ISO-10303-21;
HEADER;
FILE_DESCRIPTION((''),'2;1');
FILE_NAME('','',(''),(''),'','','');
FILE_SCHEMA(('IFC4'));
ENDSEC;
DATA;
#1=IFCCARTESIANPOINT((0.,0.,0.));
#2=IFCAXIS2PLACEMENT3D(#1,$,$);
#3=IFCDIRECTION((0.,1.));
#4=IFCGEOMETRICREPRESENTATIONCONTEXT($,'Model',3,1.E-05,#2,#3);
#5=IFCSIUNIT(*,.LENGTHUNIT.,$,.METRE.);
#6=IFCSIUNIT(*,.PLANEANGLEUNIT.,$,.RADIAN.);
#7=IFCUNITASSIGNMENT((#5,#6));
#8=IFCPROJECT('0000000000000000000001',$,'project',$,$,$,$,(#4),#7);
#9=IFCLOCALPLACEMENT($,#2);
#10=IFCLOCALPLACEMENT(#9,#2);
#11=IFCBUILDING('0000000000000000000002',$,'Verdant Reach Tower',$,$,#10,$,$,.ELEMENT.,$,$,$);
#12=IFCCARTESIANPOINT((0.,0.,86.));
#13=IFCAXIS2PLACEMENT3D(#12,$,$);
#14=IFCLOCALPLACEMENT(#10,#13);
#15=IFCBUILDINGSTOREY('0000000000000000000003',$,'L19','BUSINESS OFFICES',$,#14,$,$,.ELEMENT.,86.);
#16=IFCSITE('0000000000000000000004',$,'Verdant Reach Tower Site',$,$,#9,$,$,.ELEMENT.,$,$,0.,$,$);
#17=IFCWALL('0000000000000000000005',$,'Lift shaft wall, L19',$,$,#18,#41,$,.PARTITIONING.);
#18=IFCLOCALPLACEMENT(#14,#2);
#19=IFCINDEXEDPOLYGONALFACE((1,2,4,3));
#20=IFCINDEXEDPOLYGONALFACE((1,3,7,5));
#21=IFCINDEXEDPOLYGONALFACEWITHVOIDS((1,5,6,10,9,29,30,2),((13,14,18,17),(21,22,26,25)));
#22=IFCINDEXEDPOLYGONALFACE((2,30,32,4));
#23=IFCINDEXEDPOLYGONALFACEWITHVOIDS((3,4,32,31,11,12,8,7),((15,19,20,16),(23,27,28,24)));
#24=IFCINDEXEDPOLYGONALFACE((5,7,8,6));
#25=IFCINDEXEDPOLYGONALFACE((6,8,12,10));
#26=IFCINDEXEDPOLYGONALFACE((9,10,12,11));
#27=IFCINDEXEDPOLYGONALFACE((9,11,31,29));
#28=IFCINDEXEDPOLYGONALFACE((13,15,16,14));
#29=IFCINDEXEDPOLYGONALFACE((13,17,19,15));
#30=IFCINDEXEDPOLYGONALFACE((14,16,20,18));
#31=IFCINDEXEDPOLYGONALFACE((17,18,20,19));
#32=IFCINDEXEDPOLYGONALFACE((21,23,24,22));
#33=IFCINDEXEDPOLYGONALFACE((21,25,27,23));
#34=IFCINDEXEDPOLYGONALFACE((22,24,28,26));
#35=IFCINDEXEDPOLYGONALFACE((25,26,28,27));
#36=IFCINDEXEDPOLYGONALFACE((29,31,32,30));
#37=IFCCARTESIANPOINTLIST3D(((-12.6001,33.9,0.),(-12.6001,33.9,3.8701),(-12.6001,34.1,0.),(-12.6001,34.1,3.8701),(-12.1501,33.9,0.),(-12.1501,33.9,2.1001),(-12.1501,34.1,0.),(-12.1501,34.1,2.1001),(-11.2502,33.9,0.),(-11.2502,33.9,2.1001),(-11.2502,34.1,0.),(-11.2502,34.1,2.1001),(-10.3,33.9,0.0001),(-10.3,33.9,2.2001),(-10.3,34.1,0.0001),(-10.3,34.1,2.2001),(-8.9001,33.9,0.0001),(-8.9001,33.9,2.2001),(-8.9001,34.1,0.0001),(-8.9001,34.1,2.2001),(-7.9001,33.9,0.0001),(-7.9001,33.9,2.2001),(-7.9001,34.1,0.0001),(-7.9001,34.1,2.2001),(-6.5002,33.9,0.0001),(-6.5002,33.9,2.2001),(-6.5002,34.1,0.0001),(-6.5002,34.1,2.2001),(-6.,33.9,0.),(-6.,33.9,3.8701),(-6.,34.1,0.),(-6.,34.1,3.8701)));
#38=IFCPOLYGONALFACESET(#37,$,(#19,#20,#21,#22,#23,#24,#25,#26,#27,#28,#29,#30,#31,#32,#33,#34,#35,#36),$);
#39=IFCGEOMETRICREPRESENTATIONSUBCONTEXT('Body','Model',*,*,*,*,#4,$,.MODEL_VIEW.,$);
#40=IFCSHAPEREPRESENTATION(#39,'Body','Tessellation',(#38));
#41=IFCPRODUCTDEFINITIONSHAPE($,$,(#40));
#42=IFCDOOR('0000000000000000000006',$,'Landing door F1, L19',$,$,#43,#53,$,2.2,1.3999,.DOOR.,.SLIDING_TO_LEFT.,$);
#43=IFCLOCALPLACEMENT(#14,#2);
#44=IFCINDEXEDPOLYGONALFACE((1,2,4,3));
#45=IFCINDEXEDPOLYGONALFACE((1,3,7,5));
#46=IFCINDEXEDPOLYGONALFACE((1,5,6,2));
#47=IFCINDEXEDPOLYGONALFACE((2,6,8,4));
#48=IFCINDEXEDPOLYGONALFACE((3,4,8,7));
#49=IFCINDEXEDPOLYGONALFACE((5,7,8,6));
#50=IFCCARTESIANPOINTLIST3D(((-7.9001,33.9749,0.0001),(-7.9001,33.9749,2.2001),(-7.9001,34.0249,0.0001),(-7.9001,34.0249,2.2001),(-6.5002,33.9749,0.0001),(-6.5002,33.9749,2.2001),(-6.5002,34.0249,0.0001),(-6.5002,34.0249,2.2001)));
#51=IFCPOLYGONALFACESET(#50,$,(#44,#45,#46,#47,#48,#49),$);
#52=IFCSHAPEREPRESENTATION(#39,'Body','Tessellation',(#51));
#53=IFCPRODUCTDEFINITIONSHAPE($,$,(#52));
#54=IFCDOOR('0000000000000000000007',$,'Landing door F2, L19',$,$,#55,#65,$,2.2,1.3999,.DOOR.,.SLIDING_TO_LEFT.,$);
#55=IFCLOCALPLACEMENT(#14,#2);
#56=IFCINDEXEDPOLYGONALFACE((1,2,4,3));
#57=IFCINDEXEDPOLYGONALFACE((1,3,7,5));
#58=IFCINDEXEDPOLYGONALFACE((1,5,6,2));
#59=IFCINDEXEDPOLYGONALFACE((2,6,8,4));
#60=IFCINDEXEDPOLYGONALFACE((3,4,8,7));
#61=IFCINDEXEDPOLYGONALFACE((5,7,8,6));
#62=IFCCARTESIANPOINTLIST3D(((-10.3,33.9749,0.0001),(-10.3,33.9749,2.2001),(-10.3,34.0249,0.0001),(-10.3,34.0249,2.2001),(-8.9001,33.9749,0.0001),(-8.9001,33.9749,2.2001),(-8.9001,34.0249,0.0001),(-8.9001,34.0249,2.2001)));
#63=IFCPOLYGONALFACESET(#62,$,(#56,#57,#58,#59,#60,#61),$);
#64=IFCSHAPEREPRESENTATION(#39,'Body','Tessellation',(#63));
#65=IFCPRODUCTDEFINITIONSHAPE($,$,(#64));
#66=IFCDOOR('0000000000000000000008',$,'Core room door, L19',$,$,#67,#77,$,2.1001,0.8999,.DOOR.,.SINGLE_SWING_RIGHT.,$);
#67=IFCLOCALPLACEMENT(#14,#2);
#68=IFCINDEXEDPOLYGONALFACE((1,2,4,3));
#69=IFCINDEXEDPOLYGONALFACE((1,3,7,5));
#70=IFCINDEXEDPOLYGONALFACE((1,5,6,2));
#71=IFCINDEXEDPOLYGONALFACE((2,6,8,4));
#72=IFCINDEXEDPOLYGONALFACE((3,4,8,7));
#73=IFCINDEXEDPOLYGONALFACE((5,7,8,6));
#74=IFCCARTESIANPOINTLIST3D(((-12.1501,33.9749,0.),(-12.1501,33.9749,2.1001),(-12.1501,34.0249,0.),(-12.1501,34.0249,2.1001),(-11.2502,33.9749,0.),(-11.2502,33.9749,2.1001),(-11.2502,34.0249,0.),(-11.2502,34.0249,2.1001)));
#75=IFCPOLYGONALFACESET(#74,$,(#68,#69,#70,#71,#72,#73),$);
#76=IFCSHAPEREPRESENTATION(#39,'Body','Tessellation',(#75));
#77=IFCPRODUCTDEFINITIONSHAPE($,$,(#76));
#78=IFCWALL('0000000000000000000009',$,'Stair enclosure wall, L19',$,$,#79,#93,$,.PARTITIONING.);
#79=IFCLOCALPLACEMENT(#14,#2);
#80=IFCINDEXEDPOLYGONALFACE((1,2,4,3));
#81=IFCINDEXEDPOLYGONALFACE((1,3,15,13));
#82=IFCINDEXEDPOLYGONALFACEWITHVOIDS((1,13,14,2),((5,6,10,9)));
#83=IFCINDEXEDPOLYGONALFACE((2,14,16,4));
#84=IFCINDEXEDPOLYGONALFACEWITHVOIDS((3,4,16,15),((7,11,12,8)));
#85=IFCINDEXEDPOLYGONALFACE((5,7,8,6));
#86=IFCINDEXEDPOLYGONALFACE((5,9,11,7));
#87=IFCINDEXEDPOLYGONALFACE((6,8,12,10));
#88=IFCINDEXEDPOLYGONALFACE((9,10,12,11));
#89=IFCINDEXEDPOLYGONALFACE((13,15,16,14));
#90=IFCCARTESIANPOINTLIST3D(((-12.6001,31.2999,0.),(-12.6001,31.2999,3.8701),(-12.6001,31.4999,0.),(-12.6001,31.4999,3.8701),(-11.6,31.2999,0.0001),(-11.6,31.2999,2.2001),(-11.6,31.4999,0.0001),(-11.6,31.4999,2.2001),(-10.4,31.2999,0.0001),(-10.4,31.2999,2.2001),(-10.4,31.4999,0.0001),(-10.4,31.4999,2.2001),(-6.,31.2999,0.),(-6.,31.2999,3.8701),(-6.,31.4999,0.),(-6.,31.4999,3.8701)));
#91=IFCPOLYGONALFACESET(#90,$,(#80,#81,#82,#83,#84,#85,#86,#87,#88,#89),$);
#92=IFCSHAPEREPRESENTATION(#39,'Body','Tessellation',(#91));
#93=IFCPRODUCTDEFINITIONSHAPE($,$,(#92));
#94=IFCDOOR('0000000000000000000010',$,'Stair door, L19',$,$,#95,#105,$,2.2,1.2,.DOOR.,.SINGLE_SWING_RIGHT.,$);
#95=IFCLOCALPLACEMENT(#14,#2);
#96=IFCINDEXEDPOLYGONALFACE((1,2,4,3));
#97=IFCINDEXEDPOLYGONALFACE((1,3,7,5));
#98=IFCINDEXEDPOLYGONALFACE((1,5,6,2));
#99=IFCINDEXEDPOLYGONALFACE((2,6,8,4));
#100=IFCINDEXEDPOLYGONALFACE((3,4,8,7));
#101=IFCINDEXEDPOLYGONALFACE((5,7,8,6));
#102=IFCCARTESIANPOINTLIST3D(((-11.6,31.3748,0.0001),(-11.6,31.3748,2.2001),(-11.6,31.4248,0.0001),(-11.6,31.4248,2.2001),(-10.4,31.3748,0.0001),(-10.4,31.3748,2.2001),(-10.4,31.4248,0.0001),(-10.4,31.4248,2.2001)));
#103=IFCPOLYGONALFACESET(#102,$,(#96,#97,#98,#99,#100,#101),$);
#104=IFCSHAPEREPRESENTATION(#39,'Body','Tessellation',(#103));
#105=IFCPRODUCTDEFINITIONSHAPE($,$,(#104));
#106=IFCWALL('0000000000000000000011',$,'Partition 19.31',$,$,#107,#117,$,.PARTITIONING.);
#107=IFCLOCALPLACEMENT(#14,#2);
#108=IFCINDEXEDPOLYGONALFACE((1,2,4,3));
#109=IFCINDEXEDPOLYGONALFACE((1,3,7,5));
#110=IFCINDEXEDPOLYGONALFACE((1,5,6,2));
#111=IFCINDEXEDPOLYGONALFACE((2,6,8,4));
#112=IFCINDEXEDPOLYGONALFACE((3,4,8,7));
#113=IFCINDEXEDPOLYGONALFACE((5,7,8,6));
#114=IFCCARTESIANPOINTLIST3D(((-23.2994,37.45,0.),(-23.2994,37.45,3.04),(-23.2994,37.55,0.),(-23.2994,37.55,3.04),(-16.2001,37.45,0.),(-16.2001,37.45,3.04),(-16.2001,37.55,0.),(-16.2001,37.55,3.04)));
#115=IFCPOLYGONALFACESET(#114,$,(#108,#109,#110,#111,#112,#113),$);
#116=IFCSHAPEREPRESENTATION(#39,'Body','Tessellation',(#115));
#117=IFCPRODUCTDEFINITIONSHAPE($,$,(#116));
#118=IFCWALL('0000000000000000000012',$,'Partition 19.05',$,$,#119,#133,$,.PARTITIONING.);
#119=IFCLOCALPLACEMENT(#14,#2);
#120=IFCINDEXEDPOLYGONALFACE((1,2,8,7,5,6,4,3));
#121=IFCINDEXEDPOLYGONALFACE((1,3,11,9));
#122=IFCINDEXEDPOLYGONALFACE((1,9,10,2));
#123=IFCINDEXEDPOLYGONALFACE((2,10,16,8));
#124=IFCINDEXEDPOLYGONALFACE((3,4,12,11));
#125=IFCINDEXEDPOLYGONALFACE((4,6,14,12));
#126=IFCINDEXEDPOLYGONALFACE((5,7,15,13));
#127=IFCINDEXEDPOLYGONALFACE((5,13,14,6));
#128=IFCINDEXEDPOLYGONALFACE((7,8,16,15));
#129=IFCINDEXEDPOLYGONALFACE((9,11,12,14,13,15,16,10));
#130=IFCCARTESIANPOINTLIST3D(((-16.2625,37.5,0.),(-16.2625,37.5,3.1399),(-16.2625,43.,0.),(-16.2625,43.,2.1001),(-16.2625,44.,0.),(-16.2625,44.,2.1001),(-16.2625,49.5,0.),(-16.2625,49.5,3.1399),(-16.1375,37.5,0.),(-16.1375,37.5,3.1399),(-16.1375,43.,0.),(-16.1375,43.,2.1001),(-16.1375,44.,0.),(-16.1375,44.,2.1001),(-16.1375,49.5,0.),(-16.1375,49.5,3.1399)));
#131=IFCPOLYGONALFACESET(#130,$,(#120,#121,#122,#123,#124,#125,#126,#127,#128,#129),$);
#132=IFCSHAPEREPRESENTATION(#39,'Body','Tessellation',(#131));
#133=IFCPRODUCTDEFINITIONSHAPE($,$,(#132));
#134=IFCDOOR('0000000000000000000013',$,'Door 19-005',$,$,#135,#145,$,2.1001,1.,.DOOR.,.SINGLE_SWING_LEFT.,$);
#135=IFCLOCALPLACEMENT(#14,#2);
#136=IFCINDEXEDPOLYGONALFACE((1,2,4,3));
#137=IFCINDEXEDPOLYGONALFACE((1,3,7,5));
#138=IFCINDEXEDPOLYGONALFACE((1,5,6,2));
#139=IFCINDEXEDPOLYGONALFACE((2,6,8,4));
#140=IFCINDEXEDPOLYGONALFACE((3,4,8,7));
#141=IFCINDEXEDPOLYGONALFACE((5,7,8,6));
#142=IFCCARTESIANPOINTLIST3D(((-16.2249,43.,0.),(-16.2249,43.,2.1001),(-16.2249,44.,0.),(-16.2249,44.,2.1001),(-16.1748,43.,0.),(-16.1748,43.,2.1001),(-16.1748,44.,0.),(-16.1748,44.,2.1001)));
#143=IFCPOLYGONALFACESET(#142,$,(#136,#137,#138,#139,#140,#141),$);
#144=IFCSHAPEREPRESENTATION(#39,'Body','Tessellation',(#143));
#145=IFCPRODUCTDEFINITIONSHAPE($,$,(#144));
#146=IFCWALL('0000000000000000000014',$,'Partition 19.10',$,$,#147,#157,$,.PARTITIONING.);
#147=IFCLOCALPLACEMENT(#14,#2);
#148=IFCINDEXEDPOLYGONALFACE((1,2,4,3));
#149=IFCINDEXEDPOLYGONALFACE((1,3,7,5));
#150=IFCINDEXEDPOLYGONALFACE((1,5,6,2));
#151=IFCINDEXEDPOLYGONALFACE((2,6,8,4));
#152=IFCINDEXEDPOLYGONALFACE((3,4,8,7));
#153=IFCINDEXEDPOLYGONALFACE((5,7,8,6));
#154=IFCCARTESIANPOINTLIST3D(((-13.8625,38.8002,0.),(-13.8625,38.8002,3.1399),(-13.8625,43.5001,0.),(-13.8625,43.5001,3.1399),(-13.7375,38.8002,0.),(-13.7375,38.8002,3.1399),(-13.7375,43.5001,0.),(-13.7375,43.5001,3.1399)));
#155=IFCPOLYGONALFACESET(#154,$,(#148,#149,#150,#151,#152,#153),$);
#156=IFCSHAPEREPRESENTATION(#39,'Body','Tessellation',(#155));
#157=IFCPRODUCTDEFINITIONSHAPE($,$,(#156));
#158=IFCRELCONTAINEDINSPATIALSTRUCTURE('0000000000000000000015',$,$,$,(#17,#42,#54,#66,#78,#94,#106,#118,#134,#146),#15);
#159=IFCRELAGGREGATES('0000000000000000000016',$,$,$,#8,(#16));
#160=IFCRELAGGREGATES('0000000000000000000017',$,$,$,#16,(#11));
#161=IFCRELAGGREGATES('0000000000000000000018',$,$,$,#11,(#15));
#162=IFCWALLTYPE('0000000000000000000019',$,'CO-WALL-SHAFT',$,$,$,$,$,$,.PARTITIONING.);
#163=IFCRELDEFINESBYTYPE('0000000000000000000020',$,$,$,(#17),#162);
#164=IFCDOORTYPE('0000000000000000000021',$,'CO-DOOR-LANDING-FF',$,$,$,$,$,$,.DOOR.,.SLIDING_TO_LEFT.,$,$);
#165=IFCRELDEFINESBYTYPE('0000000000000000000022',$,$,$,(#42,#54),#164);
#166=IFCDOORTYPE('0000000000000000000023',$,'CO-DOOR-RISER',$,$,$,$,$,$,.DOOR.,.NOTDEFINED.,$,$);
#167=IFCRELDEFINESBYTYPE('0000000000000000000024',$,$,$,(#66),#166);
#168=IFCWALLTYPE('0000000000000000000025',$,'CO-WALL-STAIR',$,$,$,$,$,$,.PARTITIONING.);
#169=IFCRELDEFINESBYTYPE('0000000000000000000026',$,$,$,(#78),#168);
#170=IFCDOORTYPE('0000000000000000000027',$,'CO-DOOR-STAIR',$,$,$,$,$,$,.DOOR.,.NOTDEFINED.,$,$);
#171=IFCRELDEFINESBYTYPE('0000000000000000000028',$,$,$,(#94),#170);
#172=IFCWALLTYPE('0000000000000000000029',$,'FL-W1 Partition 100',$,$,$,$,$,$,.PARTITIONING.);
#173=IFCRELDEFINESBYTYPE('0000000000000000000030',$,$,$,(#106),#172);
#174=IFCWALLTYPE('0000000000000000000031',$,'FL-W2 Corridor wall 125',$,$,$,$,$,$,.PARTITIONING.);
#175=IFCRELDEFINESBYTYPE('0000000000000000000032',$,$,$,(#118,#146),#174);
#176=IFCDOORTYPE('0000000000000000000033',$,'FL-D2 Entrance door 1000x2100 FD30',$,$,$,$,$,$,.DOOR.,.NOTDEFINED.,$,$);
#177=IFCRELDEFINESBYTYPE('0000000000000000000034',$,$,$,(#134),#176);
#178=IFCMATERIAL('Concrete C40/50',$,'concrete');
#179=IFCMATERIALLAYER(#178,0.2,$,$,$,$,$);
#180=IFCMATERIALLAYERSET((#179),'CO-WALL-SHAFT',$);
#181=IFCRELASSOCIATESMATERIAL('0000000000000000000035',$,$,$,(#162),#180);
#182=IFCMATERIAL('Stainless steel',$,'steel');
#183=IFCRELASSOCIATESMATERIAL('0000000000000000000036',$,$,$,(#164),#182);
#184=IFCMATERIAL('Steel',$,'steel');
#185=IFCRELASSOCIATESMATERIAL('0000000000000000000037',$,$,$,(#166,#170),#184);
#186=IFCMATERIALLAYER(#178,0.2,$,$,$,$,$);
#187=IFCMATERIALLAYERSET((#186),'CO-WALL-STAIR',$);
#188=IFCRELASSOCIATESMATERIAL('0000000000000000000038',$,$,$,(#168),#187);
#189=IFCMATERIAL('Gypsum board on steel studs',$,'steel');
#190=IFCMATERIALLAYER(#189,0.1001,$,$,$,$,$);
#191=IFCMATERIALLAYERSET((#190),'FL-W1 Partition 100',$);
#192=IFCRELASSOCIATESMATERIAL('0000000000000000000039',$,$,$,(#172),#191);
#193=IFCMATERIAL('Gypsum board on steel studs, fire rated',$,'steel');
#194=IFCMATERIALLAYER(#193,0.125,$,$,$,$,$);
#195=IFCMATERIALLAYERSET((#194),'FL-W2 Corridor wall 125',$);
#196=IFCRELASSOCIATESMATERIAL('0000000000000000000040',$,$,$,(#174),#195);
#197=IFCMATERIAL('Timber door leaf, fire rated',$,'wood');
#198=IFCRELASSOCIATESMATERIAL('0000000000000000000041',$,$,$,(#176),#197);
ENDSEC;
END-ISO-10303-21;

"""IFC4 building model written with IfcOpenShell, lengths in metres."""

from ifc_helpers import new_model, si_unit, direction, frame, frame_2d, origin, place, context, subcontext, project, spatial, rectangle, extrude, material, layer, layer_set, type_object, element, fill, save


model = new_model("IFC4")

# Units and contexts
model_context = context("Model", 3, precision=1e-05, world=origin(), true_north=direction((0.0, 1.0)))
body_context = subcontext(model_context, "Body", "Model", "MODEL_VIEW")
ifc_project = project(units=[si_unit("LENGTHUNIT", "METRE"), si_unit("PLANEANGLEUNIT", "RADIAN")], contexts=[model_context])

# Site, building, storey
site_placement = place(None, origin())
site = spatial("IfcSite", under=ifc_project, at=site_placement, Name="Verdant Reach Tower Site", CompositionType="ELEMENT", RefElevation=0.0)
building_placement = place(site_placement, origin())
building = spatial("IfcBuilding", under=site, at=building_placement, Name="Verdant Reach Tower", CompositionType="ELEMENT")
storey_placement = place(building_placement, frame((0.0, 0.0, 86.0)))
storey = spatial("IfcBuildingStorey", under=building, at=storey_placement, Name="L19", Description="BUSINESS OFFICES", CompositionType="ELEMENT", Elevation=86.0)

# Wall, openings, doors
ifc_material_1 = material(Name="Concrete C40/50", Category="concrete")
ifc_layer_1 = layer(ifc_material_1, 0.2)
ifc_layer_set_1 = layer_set([ifc_layer_1], Name="CO-WALL-SHAFT")
wall_type_1 = type_object("IfcWallType", Name="CO-WALL-SHAFT", PredefinedType="PARTITIONING", material=ifc_layer_set_1)
wall_1_placement = place(storey_placement, frame((-12.6001, 34.0, 0.0), z_axis=(0.0, 0.0, 1.0), x_axis=(1.0, 0.0, 0.0)))
wall_1 = element("IfcWall", 1, at=wall_1_placement, inside=storey, type_object=wall_type_1, Name="Lift shaft wall, L19", PredefinedType="PARTITIONING", context=body_context, shape_type="SweptSolid", body=[
    extrude(rectangle(XDim=6.6001, YDim=0.2, at=frame_2d((3.3, 0.0))), origin(), (0.0, 0.0, 1.0), 3.8701),
])
opening_1_placement = place(wall_1_placement, frame((4.7, 0.0, 0.0)))
opening_1 = element("IfcOpeningElement", 2, at=opening_1_placement, cuts=wall_1, PredefinedType="OPENING", context=body_context, shape_type="SweptSolid", body=[
    extrude(rectangle(XDim=1.3999, YDim=2.2, at=frame_2d((0.7, 1.1001))), frame((0.0, 0.1099, 0.0), z_axis=(0.0, -1.0, 0.0), x_axis=(1.0, 0.0, 0.0)), (0.0, 0.0, 1.0), 0.22),
])
opening_2_placement = place(wall_1_placement, frame((2.3, 0.0, 0.0)))
opening_2 = element("IfcOpeningElement", 3, at=opening_2_placement, cuts=wall_1, PredefinedType="OPENING", context=body_context, shape_type="SweptSolid", body=[
    extrude(rectangle(XDim=1.3999, YDim=2.2, at=frame_2d((0.7, 1.1001))), frame((0.0, 0.1099, 0.0), z_axis=(0.0, -1.0, 0.0), x_axis=(1.0, 0.0, 0.0)), (0.0, 0.0, 1.0), 0.22),
])
opening_3_placement = place(wall_1_placement, frame((0.45, 0.0, 0.0)))
opening_3 = element("IfcOpeningElement", 4, at=opening_3_placement, cuts=wall_1, PredefinedType="OPENING", context=body_context, shape_type="SweptSolid", body=[
    extrude(rectangle(XDim=0.8999, YDim=2.1001, at=frame_2d((0.45, 1.05))), frame((0.0, 0.1099, 0.0), z_axis=(0.0, -1.0, 0.0), x_axis=(1.0, 0.0, 0.0)), (0.0, 0.0, 1.0), 0.22),
])
ifc_material_2 = material(Name="Stainless steel", Category="steel")
door_type_1 = type_object("IfcDoorType", Name="CO-DOOR-LANDING-FF", OperationType="SLIDING_TO_LEFT", PredefinedType="DOOR", material=ifc_material_2)
door_1_placement = place(opening_1_placement, origin())
door_1 = element("IfcDoor", 5, at=door_1_placement, inside=storey, type_object=door_type_1, Name="Landing door F1, L19", OperationType="SLIDING_TO_LEFT", OverallHeight=2.2, OverallWidth=1.3999, PredefinedType="DOOR", context=body_context, shape_type="SweptSolid", body=[
    extrude(rectangle(XDim=1.3999, YDim=2.2, at=frame_2d((0.7, 1.1001))), frame((0.0, 0.0249, 0.0), z_axis=(0.0, -1.0, 0.0), x_axis=(1.0, 0.0, 0.0)), (0.0, 0.0, 1.0), 0.05),
])
fill(opening_1, door_1)
door_2_placement = place(opening_2_placement, origin())
door_2 = element("IfcDoor", 6, at=door_2_placement, inside=storey, type_object=door_type_1, Name="Landing door F2, L19", OperationType="SLIDING_TO_LEFT", OverallHeight=2.2, OverallWidth=1.3999, PredefinedType="DOOR", context=body_context, shape_type="SweptSolid", body=[
    extrude(rectangle(XDim=1.3999, YDim=2.2, at=frame_2d((0.7, 1.1001))), frame((0.0, 0.0249, 0.0), z_axis=(0.0, -1.0, 0.0), x_axis=(1.0, 0.0, 0.0)), (0.0, 0.0, 1.0), 0.05),
])
fill(opening_2, door_2)
ifc_material_3 = material(Name="Steel", Category="steel")
door_type_2 = type_object("IfcDoorType", Name="CO-DOOR-RISER", OperationType="NOTDEFINED", PredefinedType="DOOR", material=ifc_material_3)
door_3_placement = place(opening_3_placement, origin())
door_3 = element("IfcDoor", 7, at=door_3_placement, inside=storey, type_object=door_type_2, Name="Core room door, L19", OperationType="SINGLE_SWING_RIGHT", OverallHeight=2.1001, OverallWidth=0.8999, PredefinedType="DOOR", context=body_context, shape_type="SweptSolid", body=[
    extrude(rectangle(XDim=0.8999, YDim=2.1001, at=frame_2d((0.45, 1.05))), frame((0.0, 0.0249, 0.0), z_axis=(0.0, -1.0, 0.0), x_axis=(1.0, 0.0, 0.0)), (0.0, 0.0, 1.0), 0.05),
])
fill(opening_3, door_3)

# Wall, opening, door
ifc_layer_2 = layer(ifc_material_1, 0.2)
ifc_layer_set_2 = layer_set([ifc_layer_2], Name="CO-WALL-STAIR")
wall_type_2 = type_object("IfcWallType", Name="CO-WALL-STAIR", PredefinedType="PARTITIONING", material=ifc_layer_set_2)
wall_2_placement = place(storey_placement, frame((-12.6001, 31.3999, 0.0), z_axis=(0.0, 0.0, 1.0), x_axis=(1.0, 0.0, 0.0)))
wall_2 = element("IfcWall", 8, at=wall_2_placement, inside=storey, type_object=wall_type_2, Name="Stair enclosure wall, L19", PredefinedType="PARTITIONING", context=body_context, shape_type="SweptSolid", body=[
    extrude(rectangle(XDim=6.6001, YDim=0.2, at=frame_2d((3.3, 0.0))), origin(), (0.0, 0.0, 1.0), 3.8701),
])
opening_4_placement = place(wall_2_placement, frame((1.0, 0.0, 0.0)))
opening_4 = element("IfcOpeningElement", 9, at=opening_4_placement, cuts=wall_2, PredefinedType="OPENING", context=body_context, shape_type="SweptSolid", body=[
    extrude(rectangle(XDim=1.2, YDim=2.2, at=frame_2d((0.6001, 1.1001))), frame((0.0, 0.1099, 0.0), z_axis=(0.0, -1.0, 0.0), x_axis=(1.0, 0.0, 0.0)), (0.0, 0.0, 1.0), 0.22),
])
door_type_3 = type_object("IfcDoorType", Name="CO-DOOR-STAIR", OperationType="NOTDEFINED", PredefinedType="DOOR", material=ifc_material_3)
door_4_placement = place(opening_4_placement, origin())
door_4 = element("IfcDoor", 10, at=door_4_placement, inside=storey, type_object=door_type_3, Name="Stair door, L19", OperationType="SINGLE_SWING_RIGHT", OverallHeight=2.2, OverallWidth=1.2, PredefinedType="DOOR", context=body_context, shape_type="SweptSolid", body=[
    extrude(rectangle(XDim=1.2, YDim=2.2, at=frame_2d((0.6001, 1.1001))), frame((0.0, 0.0249, 0.0), z_axis=(0.0, -1.0, 0.0), x_axis=(1.0, 0.0, 0.0)), (0.0, 0.0, 1.0), 0.05),
])
fill(opening_4, door_4)

# Wall
ifc_material_4 = material(Name="Gypsum board on steel studs", Category="steel")
ifc_layer_3 = layer(ifc_material_4, 0.1001)
ifc_layer_set_3 = layer_set([ifc_layer_3], Name="FL-W1 Partition 100")
wall_type_3 = type_object("IfcWallType", Name="FL-W1 Partition 100", PredefinedType="PARTITIONING", material=ifc_layer_set_3)
wall_3_placement = place(storey_placement, frame((-16.2, 37.5, 0.0), z_axis=(0.0, 0.0, 1.0), x_axis=(-1.0, 0.0, 0.0)))
element("IfcWall", 11, at=wall_3_placement, inside=storey, type_object=wall_type_3, Name="Partition 19.31", PredefinedType="PARTITIONING", context=body_context, shape_type="SweptSolid", body=[
    extrude(rectangle(XDim=7.0994, YDim=0.1001, at=frame_2d((3.5498, 0.0))), origin(), (0.0, 0.0, 1.0), 3.04),
])

# Wall, opening, door
ifc_material_5 = material(Name="Gypsum board on steel studs, fire rated", Category="steel")
ifc_layer_4 = layer(ifc_material_5, 0.125)
ifc_layer_set_4 = layer_set([ifc_layer_4], Name="FL-W2 Corridor wall 125")
wall_type_4 = type_object("IfcWallType", Name="FL-W2 Corridor wall 125", PredefinedType="PARTITIONING", material=ifc_layer_set_4)
wall_4_placement = place(storey_placement, frame((-16.2, 37.5, 0.0), z_axis=(0.0, 0.0, 1.0), x_axis=(0.0, 1.0, 0.0)))
wall_4 = element("IfcWall", 12, at=wall_4_placement, inside=storey, type_object=wall_type_4, Name="Partition 19.05", PredefinedType="PARTITIONING", context=body_context, shape_type="SweptSolid", body=[
    extrude(rectangle(XDim=12.0, YDim=0.125, at=frame_2d((6.0, 0.0))), origin(), (0.0, 0.0, 1.0), 3.1399),
])
opening_5_placement = place(wall_4_placement, frame((5.5, 0.0, 0.0)))
opening_5 = element("IfcOpeningElement", 13, at=opening_5_placement, cuts=wall_4, PredefinedType="OPENING", context=body_context, shape_type="SweptSolid", body=[
    extrude(rectangle(XDim=1.0, YDim=2.1001, at=frame_2d((0.5, 1.05))), frame((0.0, 0.0725, 0.0), z_axis=(0.0, -1.0, 0.0), x_axis=(1.0, 0.0, 0.0)), (0.0, 0.0, 1.0), 0.145),
])
ifc_material_6 = material(Name="Timber door leaf, fire rated", Category="wood")
door_type_4 = type_object("IfcDoorType", Name="FL-D2 Entrance door 1000x2100 FD30", OperationType="NOTDEFINED", PredefinedType="DOOR", material=ifc_material_6)
door_5_placement = place(opening_5_placement, origin())
door_5 = element("IfcDoor", 14, at=door_5_placement, inside=storey, type_object=door_type_4, Name="Door 19-005", OperationType="SINGLE_SWING_LEFT", OverallHeight=2.1001, OverallWidth=1.0, PredefinedType="DOOR", context=body_context, shape_type="SweptSolid", body=[
    extrude(rectangle(XDim=1.0, YDim=2.1001, at=frame_2d((0.5, 1.05))), frame((0.0, 0.0249, 0.0), z_axis=(0.0, -1.0, 0.0), x_axis=(1.0, 0.0, 0.0)), (0.0, 0.0, 1.0), 0.05),
])
fill(opening_5, door_5)

# Wall
wall_5_placement = place(storey_placement, frame((-13.8, 38.8, 0.0), z_axis=(0.0, 0.0, 1.0), x_axis=(0.0, 1.0, 0.0)))
element("IfcWall", 15, at=wall_5_placement, inside=storey, type_object=wall_type_4, Name="Partition 19.10", PredefinedType="PARTITIONING", context=body_context, shape_type="SweptSolid", body=[
    extrude(rectangle(XDim=4.7, YDim=0.125, at=frame_2d((2.3501, 0.0))), origin(), (0.0, 0.0, 1.0), 3.1399),
])

save(model, "model.ifc")
